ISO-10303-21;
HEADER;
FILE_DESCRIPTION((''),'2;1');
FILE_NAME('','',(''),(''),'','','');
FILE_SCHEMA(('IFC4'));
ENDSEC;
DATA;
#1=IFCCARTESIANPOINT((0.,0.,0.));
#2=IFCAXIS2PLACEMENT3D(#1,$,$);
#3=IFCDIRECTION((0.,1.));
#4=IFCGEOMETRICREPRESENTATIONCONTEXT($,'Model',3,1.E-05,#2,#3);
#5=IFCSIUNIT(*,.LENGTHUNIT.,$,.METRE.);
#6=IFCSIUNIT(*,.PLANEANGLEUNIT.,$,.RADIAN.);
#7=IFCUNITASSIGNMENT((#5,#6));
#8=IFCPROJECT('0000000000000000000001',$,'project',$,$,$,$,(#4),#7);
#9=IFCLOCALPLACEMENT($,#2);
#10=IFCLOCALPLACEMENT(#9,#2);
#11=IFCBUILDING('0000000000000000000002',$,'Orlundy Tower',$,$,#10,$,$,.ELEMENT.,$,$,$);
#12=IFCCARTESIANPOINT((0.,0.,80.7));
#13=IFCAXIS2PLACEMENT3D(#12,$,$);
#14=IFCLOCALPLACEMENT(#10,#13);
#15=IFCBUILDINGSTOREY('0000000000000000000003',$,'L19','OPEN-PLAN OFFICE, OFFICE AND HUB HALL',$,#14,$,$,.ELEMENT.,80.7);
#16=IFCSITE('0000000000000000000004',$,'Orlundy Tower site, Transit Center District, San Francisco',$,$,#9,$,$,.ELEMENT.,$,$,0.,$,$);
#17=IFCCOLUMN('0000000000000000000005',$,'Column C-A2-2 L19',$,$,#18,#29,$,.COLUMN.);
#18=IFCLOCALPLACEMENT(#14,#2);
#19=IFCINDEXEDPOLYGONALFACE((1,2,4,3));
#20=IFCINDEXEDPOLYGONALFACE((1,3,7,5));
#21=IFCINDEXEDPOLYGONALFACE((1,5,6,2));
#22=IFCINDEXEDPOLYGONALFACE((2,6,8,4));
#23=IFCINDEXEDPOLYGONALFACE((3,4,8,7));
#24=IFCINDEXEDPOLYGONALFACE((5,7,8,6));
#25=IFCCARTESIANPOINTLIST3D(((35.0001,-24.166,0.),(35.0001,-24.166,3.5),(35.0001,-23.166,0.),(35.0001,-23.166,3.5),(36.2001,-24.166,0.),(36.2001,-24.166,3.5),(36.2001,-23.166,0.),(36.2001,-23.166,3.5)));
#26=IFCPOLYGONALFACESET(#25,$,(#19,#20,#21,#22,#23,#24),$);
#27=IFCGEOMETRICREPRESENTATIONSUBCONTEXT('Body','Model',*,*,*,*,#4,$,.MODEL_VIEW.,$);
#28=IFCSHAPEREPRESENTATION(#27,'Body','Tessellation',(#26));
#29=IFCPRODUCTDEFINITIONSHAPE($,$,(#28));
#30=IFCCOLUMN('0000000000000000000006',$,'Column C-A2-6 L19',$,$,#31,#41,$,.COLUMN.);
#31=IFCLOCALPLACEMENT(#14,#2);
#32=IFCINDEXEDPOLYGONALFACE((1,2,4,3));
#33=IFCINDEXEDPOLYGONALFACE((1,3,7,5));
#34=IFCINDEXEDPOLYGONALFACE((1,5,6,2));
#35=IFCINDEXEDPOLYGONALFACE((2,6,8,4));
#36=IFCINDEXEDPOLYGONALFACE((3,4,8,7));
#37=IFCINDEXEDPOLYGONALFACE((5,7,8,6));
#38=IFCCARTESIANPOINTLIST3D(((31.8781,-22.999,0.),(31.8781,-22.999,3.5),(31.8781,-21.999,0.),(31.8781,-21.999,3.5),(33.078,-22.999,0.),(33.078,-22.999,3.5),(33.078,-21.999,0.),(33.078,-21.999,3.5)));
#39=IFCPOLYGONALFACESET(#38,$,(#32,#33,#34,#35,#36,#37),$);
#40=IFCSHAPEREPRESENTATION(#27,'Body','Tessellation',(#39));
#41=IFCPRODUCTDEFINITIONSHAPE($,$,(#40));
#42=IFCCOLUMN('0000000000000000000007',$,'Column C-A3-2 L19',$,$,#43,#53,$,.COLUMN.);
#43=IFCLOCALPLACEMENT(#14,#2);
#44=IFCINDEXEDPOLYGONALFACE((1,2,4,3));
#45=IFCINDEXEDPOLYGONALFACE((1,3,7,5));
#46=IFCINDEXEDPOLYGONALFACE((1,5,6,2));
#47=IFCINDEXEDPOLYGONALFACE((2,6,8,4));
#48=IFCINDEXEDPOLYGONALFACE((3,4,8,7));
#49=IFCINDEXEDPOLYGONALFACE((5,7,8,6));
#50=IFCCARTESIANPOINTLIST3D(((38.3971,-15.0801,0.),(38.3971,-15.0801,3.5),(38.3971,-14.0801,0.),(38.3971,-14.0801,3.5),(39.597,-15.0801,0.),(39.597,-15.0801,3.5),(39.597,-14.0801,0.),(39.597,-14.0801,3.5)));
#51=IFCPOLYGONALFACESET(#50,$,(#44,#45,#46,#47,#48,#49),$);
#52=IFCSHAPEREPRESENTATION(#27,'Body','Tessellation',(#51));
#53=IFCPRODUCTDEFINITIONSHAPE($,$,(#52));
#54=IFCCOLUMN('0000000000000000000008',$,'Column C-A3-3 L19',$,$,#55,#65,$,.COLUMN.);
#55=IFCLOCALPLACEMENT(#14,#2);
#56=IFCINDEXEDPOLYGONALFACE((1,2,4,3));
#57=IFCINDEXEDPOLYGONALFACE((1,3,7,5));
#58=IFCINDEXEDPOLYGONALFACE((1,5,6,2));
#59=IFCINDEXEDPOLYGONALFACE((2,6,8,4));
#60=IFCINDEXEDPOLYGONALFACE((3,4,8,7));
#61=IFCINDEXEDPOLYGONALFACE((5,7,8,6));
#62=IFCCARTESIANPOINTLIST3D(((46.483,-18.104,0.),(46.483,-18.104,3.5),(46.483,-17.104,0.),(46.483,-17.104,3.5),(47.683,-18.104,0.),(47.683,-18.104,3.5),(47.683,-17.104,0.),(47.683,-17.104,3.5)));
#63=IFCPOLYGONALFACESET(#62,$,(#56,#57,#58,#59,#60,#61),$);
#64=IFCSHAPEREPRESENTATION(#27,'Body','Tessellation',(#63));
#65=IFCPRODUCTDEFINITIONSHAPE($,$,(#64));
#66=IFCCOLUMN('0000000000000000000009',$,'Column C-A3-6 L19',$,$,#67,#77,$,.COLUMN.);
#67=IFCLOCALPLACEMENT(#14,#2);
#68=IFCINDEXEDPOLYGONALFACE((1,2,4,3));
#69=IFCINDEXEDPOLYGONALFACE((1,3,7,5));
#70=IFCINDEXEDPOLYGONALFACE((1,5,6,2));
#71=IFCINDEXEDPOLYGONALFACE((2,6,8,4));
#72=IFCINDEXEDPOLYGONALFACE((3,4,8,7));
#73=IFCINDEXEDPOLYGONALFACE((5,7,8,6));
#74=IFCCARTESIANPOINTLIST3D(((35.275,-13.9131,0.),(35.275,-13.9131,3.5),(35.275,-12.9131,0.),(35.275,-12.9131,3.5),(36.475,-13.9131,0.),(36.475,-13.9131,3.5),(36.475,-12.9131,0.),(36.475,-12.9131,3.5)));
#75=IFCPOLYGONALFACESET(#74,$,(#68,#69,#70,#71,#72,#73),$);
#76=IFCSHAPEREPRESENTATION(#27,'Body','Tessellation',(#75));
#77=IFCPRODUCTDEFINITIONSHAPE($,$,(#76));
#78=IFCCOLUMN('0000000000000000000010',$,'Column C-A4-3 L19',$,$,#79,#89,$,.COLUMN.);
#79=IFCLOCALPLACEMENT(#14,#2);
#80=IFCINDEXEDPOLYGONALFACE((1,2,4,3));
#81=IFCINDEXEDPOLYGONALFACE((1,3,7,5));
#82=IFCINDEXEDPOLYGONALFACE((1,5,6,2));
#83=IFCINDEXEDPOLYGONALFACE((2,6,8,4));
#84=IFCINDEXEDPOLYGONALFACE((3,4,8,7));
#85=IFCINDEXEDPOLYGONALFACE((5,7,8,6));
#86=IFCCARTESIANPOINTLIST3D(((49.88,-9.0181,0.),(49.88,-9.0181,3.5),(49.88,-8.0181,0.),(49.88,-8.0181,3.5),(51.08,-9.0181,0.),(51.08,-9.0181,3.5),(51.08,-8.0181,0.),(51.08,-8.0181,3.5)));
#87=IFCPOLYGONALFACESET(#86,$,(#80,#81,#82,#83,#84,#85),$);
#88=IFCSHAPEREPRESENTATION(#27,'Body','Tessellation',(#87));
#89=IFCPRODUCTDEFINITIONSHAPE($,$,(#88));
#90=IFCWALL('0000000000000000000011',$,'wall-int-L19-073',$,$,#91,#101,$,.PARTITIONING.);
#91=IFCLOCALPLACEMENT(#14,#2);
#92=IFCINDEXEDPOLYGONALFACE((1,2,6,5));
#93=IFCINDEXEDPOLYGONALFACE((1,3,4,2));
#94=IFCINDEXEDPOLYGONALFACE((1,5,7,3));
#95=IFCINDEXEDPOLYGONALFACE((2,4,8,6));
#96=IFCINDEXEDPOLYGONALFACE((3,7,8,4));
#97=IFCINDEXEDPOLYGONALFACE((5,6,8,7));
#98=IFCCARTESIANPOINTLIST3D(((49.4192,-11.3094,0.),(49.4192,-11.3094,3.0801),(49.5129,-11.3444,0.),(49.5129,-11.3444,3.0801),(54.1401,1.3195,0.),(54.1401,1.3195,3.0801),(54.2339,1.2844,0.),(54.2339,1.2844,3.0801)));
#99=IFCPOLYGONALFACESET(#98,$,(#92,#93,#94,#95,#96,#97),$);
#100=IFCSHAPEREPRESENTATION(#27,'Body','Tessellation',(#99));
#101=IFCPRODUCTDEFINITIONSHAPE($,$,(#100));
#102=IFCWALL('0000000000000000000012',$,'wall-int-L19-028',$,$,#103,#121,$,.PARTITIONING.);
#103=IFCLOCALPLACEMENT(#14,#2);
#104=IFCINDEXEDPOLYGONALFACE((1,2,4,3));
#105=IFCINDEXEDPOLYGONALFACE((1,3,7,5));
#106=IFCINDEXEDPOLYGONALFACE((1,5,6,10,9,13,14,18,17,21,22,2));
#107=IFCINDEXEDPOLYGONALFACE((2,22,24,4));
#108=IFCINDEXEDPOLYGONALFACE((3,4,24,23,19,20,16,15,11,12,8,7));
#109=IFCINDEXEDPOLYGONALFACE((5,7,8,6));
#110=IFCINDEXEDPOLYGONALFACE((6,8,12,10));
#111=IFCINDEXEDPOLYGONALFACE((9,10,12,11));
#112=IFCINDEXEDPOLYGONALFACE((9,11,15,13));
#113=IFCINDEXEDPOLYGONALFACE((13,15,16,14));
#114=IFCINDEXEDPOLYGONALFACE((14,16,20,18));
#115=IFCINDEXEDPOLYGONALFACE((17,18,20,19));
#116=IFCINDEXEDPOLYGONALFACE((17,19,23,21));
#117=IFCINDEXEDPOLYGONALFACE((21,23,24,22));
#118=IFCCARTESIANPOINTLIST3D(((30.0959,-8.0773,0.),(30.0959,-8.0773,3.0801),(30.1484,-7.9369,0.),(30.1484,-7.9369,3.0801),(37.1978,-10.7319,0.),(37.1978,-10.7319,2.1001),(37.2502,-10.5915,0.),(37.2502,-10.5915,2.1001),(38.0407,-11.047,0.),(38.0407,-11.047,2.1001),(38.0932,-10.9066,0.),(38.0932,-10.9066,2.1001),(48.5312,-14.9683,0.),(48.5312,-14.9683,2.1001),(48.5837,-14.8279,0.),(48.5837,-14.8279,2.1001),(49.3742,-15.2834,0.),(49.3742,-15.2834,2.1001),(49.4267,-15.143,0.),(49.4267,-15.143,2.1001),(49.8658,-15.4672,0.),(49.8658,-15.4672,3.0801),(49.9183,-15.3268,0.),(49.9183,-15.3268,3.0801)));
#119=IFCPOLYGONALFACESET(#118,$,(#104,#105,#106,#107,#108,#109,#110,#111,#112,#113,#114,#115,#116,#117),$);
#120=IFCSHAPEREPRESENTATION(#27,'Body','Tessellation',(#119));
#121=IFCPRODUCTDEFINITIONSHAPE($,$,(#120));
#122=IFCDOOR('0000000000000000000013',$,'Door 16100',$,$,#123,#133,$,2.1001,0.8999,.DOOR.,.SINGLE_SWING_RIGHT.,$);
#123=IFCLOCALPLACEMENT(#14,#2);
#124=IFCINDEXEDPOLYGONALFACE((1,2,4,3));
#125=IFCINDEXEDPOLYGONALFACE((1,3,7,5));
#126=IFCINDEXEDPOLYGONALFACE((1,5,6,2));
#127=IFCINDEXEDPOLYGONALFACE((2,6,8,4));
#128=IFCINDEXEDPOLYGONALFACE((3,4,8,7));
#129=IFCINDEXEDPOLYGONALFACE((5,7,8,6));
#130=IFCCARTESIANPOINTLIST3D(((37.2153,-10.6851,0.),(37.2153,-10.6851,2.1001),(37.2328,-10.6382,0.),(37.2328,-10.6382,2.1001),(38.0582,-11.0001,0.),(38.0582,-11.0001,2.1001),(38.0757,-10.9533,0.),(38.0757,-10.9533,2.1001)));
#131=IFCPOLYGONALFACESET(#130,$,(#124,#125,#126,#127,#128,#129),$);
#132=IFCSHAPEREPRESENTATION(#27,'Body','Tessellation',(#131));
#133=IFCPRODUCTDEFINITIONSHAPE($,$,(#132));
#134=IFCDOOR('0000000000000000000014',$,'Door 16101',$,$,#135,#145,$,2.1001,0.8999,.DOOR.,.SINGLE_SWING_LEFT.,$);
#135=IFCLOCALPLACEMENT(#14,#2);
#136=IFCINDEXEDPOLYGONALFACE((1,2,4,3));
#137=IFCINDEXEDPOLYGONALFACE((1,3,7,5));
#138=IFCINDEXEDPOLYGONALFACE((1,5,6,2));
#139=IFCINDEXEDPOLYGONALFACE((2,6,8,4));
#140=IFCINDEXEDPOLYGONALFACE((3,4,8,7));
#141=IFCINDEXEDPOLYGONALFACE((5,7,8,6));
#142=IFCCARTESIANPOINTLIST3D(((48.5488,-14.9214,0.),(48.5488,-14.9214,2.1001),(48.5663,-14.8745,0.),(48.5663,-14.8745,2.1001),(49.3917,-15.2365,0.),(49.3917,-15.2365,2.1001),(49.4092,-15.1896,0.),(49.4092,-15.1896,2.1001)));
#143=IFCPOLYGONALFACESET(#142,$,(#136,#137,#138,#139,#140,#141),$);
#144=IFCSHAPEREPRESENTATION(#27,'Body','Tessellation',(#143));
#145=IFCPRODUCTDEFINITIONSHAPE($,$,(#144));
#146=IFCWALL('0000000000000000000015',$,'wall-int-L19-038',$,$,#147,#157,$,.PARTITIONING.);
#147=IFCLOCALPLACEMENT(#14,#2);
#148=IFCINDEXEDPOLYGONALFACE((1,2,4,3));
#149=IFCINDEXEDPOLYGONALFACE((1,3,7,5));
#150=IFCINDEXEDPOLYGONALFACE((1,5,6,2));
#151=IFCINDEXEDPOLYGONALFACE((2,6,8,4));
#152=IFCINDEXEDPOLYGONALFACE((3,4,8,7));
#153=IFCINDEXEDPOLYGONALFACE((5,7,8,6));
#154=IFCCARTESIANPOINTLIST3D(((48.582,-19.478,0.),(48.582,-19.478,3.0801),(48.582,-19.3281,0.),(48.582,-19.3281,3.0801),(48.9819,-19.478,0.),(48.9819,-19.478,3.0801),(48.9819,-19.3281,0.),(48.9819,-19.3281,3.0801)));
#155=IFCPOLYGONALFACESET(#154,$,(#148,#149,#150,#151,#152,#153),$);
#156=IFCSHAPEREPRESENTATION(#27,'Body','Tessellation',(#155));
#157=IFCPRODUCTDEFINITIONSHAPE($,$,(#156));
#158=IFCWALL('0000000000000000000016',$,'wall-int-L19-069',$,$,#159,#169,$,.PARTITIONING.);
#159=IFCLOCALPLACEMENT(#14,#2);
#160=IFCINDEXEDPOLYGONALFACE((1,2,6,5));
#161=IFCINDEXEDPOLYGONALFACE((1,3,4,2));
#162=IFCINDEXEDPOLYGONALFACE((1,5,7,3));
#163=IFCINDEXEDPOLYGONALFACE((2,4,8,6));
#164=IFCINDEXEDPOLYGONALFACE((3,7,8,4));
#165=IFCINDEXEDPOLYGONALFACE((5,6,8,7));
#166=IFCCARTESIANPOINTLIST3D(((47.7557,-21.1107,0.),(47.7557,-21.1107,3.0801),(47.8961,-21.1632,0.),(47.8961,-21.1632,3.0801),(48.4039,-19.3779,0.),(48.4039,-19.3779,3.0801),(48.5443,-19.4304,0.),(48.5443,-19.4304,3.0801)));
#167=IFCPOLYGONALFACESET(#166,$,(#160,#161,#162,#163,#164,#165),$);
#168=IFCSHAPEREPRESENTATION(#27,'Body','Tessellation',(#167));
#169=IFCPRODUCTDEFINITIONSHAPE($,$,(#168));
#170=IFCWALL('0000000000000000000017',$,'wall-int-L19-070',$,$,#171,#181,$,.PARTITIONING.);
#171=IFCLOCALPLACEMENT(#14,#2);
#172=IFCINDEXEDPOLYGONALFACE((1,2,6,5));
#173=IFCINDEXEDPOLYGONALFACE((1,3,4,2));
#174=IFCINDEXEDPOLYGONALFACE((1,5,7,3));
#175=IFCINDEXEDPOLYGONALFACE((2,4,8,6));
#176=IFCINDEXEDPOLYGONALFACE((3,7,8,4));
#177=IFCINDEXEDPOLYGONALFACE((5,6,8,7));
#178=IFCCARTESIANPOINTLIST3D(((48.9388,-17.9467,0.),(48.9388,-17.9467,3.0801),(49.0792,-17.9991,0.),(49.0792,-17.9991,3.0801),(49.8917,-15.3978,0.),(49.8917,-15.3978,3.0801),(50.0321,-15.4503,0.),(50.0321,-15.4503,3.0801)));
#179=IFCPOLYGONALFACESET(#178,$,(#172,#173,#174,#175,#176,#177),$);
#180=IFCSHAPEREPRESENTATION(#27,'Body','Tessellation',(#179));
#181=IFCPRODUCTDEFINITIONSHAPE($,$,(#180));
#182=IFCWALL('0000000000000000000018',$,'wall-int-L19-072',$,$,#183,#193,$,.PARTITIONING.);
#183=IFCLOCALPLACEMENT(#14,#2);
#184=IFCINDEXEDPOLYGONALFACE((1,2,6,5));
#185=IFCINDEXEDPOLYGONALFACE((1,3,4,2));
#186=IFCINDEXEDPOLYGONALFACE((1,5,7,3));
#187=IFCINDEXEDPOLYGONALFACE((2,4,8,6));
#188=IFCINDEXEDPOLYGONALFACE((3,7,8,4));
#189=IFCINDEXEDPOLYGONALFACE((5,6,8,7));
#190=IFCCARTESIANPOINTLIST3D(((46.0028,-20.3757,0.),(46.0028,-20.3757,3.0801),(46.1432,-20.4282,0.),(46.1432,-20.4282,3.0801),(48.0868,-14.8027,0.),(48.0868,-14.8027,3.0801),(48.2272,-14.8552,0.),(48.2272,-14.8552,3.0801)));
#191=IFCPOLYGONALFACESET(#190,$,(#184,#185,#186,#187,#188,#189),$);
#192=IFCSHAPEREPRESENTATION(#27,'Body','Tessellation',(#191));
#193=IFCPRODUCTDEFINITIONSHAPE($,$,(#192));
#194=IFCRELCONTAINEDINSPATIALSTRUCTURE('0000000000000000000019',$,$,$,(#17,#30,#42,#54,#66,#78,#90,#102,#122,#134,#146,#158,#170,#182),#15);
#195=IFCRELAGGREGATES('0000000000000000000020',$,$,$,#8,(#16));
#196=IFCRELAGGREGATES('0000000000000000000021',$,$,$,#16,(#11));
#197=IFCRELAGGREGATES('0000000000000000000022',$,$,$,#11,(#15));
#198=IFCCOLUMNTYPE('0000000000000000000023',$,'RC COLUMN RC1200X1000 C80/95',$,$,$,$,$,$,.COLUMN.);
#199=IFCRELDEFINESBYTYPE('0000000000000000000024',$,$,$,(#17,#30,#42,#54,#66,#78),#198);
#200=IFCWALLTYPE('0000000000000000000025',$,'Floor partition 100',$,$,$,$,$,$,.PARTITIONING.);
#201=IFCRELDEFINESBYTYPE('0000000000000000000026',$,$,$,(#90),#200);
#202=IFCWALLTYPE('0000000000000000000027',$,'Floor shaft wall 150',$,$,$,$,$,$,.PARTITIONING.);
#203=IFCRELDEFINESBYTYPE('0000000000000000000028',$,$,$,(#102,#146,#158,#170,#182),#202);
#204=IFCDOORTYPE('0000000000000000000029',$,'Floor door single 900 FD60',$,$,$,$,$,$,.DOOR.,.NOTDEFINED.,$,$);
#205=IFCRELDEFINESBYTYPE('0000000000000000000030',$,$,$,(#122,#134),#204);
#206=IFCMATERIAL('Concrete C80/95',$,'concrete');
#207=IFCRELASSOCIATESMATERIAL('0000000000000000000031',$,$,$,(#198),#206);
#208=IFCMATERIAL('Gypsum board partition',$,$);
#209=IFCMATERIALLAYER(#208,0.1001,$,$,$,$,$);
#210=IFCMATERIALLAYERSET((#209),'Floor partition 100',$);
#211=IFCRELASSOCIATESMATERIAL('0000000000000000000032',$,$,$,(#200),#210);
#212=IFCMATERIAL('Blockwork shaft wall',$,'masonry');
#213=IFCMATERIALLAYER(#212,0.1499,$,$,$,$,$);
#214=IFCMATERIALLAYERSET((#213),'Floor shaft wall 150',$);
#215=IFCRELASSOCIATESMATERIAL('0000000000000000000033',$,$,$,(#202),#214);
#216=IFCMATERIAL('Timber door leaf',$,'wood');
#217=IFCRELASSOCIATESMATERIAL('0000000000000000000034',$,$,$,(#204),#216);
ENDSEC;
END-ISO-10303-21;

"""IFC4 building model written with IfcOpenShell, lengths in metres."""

from ifc_helpers import new_model, si_unit, direction, frame, frame_2d, origin, origin_2d, place, context, subcontext, project, spatial, rectangle, extrude, material, layer, layer_set, material_profile, profile_set, type_object, element, fill, save


model = new_model("IFC4")

# Units and contexts
model_context = context("Model", 3, precision=1e-05, world=origin(), true_north=direction((0.0, 1.0)))
body_context = subcontext(model_context, "Body", "Model", "MODEL_VIEW")
ifc_project = project(units=[si_unit("LENGTHUNIT", "METRE"), si_unit("PLANEANGLEUNIT", "RADIAN")], contexts=[model_context])

# Site, building, storey
site_placement = place(None, origin())
site = spatial("IfcSite", under=ifc_project, at=site_placement, Name="Orlundy Tower site, Transit Center District, San Francisco", CompositionType="ELEMENT", RefElevation=0.0)
building_placement = place(site_placement, origin())
building = spatial("IfcBuilding", under=site, at=building_placement, Name="Orlundy Tower", CompositionType="ELEMENT")
storey_placement = place(building_placement, frame((0.0, 0.0, 80.7)))
storey = spatial("IfcBuildingStorey", under=building, at=storey_placement, Name="L19", Description="OPEN-PLAN OFFICE, OFFICE AND HUB HALL", CompositionType="ELEMENT", Elevation=80.7)

# Columns
ifc_material_1 = material(Name="Concrete C80/95", Category="concrete")
ifc_material_profile = material_profile(ifc_material_1, rectangle(XDim=1.2, YDim=1.0, at=origin_2d()), Name="RC1200X1000")
ifc_profile_set = profile_set([ifc_material_profile], Name="Concrete C80/95")
column_type = type_object("IfcColumnType", Name="RC COLUMN RC1200X1000 C80/95", PredefinedType="COLUMN", material=ifc_profile_set)
for number, where, z_axis, x_axis, name in (
    (1, (35.6001, -23.666, 0.0), (0.0, 0.0, 1.0), (1.0, 0.0, 0.0), "Column C-A2-2 L19"),
    (2, (32.478, -22.499, 0.0), (0.0, 0.0, 1.0), (1.0, 0.0, 0.0), "Column C-A2-6 L19"),
    (3, (38.9971, -14.5801, 0.0), (0.0, 0.0, 1.0), (1.0, 0.0, 0.0), "Column C-A3-2 L19"),
    (4, (47.083, -17.604, 0.0), (0.0, 0.0, 1.0), (1.0, 0.0, 0.0), "Column C-A3-3 L19"),
    (5, (35.875, -13.4131, 0.0), (0.0, 0.0, 1.0), (1.0, 0.0, 0.0), "Column C-A3-6 L19"),
    (6, (50.48, -8.5181, 0.0), (0.0, 0.0, 1.0), (1.0, 0.0, 0.0), "Column C-A4-3 L19"),
):
    element("IfcColumn", number, at=place(storey_placement, frame(where, z_axis=z_axis, x_axis=x_axis)), inside=storey, type_object=column_type, Name=name, PredefinedType="COLUMN", context=body_context, shape_type="SweptSolid", body=[
        extrude(rectangle(XDim=1.2, YDim=1.0, at=origin_2d()), origin(), (0.0, 0.0, 1.0), 3.5),
    ])

# Wall
ifc_material_2 = material(Name="Gypsum board partition")
ifc_layer_1 = layer(ifc_material_2, 0.1001)
ifc_layer_set_1 = layer_set([ifc_layer_1], Name="Floor partition 100")
wall_type_1 = type_object("IfcWallType", Name="Floor partition 100", PredefinedType="PARTITIONING", material=ifc_layer_set_1)
wall_1_placement = place(storey_placement, frame((49.4661, -11.3269, 0.0), z_axis=(0.0, 0.0, 1.0), x_axis=(0.350155, 0.936692, 0.0)))
element("IfcWall", 7, at=wall_1_placement, inside=storey, type_object=wall_type_1, Name="wall-int-L19-073", PredefinedType="PARTITIONING", context=body_context, shape_type="SweptSolid", body=[
    extrude(rectangle(XDim=13.4824, YDim=0.1001, at=frame_2d((6.7412, 0.0))), origin(), (0.0, 0.0, 1.0), 3.0801),
])

# Wall, openings, doors
ifc_material_3 = material(Name="Blockwork shaft wall", Category="masonry")
ifc_layer_2 = layer(ifc_material_3, 0.1499)
ifc_layer_set_2 = layer_set([ifc_layer_2], Name="Floor shaft wall 150")
wall_type_2 = type_object("IfcWallType", Name="Floor shaft wall 150", PredefinedType="PARTITIONING", material=ifc_layer_set_2)
wall_2_placement = place(storey_placement, frame((49.8921, -15.397, 0.0), z_axis=(0.0, 0.0, 1.0), x_axis=(-0.9367, 0.350132, 0.0)))
wall_2 = element("IfcWall", 8, at=wall_2_placement, inside=storey, type_object=wall_type_2, Name="wall-int-L19-028", PredefinedType="PARTITIONING", context=body_context, shape_type="SweptSolid", body=[
    extrude(rectangle(XDim=21.106, YDim=0.1499, at=frame_2d((10.553, 0.0))), origin(), (0.0, 0.0, 1.0), 3.0801),
])
opening_1_placement = place(wall_2_placement, frame((12.6243, 0.0, 0.0)))
opening_1 = element("IfcOpeningElement", 9, at=opening_1_placement, cuts=wall_2, PredefinedType="OPENING", context=body_context, shape_type="SweptSolid", body=[
    extrude(rectangle(XDim=0.8999, YDim=2.1001, at=frame_2d((0.45, 1.05))), frame((0.0, 0.085, 0.0), z_axis=(0.0, -1.0, 0.0), x_axis=(1.0, 0.0, 0.0)), (0.0, 0.0, 1.0), 0.1699),
])
opening_2_placement = place(wall_2_placement, frame((0.5249, 0.0, 0.0)))
opening_2 = element("IfcOpeningElement", 10, at=opening_2_placement, cuts=wall_2, PredefinedType="OPENING", context=body_context, shape_type="SweptSolid", body=[
    extrude(rectangle(XDim=0.8999, YDim=2.1001, at=frame_2d((0.45, 1.05))), frame((0.0, 0.085, 0.0), z_axis=(0.0, -1.0, 0.0), x_axis=(1.0, 0.0, 0.0)), (0.0, 0.0, 1.0), 0.1699),
])
ifc_material_4 = material(Name="Timber door leaf", Category="wood")
door_type = type_object("IfcDoorType", Name="Floor door single 900 FD60", OperationType="NOTDEFINED", PredefinedType="DOOR", material=ifc_material_4)
door_1_placement = place(opening_1_placement, origin())
door_1 = element("IfcDoor", 11, at=door_1_placement, inside=storey, type_object=door_type, Name="Door 16100", OperationType="SINGLE_SWING_RIGHT", OverallHeight=2.1001, OverallWidth=0.8999, PredefinedType="DOOR", context=body_context, shape_type="SweptSolid", body=[
    extrude(rectangle(XDim=0.8999, YDim=2.1001, at=frame_2d((0.45, 1.05))), frame((0.0, 0.0249, 0.0), z_axis=(0.0, -1.0, 0.0), x_axis=(1.0, 0.0, 0.0)), (0.0, 0.0, 1.0), 0.05),
])
fill(opening_1, door_1)
door_2_placement = place(opening_2_placement, origin())
door_2 = element("IfcDoor", 12, at=door_2_placement, inside=storey, type_object=door_type, Name="Door 16101", OperationType="SINGLE_SWING_LEFT", OverallHeight=2.1001, OverallWidth=0.8999, PredefinedType="DOOR", context=body_context, shape_type="SweptSolid", body=[
    extrude(rectangle(XDim=0.8999, YDim=2.1001, at=frame_2d((0.45, 1.05))), frame((0.0, 0.0249, 0.0), z_axis=(0.0, -1.0, 0.0), x_axis=(1.0, 0.0, 0.0)), (0.0, 0.0, 1.0), 0.05),
])
fill(opening_2, door_2)

# Walls
wall_3_placement = place(storey_placement, frame((48.582, -19.4031, 0.0), z_axis=(0.0, 0.0, 1.0), x_axis=(1.0, 0.0, 0.0)))
element("IfcWall", 13, at=wall_3_placement, inside=storey, type_object=wall_type_2, Name="wall-int-L19-038", PredefinedType="PARTITIONING", context=body_context, shape_type="SweptSolid", body=[
    extrude(rectangle(XDim=0.3999, YDim=0.1499, at=frame_2d((0.2, 0.0))), origin(), (0.0, 0.0, 1.0), 3.0801),
])
wall_4_placement = place(storey_placement, frame((47.8259, -21.137, 0.0), z_axis=(0.0, 0.0, 1.0), x_axis=(0.350342, 0.936622, 0.0)))
element("IfcWall", 14, at=wall_4_placement, inside=storey, type_object=wall_type_2, Name="wall-int-L19-069", PredefinedType="PARTITIONING", context=body_context, shape_type="SweptSolid", body=[
    extrude(rectangle(XDim=1.8501, YDim=0.1499, at=frame_2d((0.925, 0.0))), origin(), (0.0, 0.0, 1.0), 3.0801),
])
wall_5_placement = place(storey_placement, frame((49.009, -17.9729, 0.0), z_axis=(0.0, 0.0, 1.0), x_axis=(0.350179, 0.936683, 0.0)))
element("IfcWall", 15, at=wall_5_placement, inside=storey, type_object=wall_type_2, Name="wall-int-L19-070", PredefinedType="PARTITIONING", context=body_context, shape_type="SweptSolid", body=[
    extrude(rectangle(XDim=2.7212, YDim=0.1499, at=frame_2d((1.3606, 0.0))), origin(), (0.0, 0.0, 1.0), 3.0801),
])
for number, where, z_axis, x_axis, name in (
    (16, (46.073, -20.4021, 0.0), (0.0, 0.0, 1.0), (0.350255, 0.936654, 0.0), "wall-int-L19-072"),
):
    element("IfcWall", number, at=place(storey_placement, frame(where, z_axis=z_axis, x_axis=x_axis)), inside=storey, type_object=wall_type_2, Name=name, PredefinedType="PARTITIONING", context=body_context, shape_type="SweptSolid", body=[
        extrude(rectangle(XDim=5.95, YDim=0.1499, at=frame_2d((2.9751, 0.0))), origin(), (0.0, 0.0, 1.0), 3.0801),
    ])

save(model, "model.ifc")
